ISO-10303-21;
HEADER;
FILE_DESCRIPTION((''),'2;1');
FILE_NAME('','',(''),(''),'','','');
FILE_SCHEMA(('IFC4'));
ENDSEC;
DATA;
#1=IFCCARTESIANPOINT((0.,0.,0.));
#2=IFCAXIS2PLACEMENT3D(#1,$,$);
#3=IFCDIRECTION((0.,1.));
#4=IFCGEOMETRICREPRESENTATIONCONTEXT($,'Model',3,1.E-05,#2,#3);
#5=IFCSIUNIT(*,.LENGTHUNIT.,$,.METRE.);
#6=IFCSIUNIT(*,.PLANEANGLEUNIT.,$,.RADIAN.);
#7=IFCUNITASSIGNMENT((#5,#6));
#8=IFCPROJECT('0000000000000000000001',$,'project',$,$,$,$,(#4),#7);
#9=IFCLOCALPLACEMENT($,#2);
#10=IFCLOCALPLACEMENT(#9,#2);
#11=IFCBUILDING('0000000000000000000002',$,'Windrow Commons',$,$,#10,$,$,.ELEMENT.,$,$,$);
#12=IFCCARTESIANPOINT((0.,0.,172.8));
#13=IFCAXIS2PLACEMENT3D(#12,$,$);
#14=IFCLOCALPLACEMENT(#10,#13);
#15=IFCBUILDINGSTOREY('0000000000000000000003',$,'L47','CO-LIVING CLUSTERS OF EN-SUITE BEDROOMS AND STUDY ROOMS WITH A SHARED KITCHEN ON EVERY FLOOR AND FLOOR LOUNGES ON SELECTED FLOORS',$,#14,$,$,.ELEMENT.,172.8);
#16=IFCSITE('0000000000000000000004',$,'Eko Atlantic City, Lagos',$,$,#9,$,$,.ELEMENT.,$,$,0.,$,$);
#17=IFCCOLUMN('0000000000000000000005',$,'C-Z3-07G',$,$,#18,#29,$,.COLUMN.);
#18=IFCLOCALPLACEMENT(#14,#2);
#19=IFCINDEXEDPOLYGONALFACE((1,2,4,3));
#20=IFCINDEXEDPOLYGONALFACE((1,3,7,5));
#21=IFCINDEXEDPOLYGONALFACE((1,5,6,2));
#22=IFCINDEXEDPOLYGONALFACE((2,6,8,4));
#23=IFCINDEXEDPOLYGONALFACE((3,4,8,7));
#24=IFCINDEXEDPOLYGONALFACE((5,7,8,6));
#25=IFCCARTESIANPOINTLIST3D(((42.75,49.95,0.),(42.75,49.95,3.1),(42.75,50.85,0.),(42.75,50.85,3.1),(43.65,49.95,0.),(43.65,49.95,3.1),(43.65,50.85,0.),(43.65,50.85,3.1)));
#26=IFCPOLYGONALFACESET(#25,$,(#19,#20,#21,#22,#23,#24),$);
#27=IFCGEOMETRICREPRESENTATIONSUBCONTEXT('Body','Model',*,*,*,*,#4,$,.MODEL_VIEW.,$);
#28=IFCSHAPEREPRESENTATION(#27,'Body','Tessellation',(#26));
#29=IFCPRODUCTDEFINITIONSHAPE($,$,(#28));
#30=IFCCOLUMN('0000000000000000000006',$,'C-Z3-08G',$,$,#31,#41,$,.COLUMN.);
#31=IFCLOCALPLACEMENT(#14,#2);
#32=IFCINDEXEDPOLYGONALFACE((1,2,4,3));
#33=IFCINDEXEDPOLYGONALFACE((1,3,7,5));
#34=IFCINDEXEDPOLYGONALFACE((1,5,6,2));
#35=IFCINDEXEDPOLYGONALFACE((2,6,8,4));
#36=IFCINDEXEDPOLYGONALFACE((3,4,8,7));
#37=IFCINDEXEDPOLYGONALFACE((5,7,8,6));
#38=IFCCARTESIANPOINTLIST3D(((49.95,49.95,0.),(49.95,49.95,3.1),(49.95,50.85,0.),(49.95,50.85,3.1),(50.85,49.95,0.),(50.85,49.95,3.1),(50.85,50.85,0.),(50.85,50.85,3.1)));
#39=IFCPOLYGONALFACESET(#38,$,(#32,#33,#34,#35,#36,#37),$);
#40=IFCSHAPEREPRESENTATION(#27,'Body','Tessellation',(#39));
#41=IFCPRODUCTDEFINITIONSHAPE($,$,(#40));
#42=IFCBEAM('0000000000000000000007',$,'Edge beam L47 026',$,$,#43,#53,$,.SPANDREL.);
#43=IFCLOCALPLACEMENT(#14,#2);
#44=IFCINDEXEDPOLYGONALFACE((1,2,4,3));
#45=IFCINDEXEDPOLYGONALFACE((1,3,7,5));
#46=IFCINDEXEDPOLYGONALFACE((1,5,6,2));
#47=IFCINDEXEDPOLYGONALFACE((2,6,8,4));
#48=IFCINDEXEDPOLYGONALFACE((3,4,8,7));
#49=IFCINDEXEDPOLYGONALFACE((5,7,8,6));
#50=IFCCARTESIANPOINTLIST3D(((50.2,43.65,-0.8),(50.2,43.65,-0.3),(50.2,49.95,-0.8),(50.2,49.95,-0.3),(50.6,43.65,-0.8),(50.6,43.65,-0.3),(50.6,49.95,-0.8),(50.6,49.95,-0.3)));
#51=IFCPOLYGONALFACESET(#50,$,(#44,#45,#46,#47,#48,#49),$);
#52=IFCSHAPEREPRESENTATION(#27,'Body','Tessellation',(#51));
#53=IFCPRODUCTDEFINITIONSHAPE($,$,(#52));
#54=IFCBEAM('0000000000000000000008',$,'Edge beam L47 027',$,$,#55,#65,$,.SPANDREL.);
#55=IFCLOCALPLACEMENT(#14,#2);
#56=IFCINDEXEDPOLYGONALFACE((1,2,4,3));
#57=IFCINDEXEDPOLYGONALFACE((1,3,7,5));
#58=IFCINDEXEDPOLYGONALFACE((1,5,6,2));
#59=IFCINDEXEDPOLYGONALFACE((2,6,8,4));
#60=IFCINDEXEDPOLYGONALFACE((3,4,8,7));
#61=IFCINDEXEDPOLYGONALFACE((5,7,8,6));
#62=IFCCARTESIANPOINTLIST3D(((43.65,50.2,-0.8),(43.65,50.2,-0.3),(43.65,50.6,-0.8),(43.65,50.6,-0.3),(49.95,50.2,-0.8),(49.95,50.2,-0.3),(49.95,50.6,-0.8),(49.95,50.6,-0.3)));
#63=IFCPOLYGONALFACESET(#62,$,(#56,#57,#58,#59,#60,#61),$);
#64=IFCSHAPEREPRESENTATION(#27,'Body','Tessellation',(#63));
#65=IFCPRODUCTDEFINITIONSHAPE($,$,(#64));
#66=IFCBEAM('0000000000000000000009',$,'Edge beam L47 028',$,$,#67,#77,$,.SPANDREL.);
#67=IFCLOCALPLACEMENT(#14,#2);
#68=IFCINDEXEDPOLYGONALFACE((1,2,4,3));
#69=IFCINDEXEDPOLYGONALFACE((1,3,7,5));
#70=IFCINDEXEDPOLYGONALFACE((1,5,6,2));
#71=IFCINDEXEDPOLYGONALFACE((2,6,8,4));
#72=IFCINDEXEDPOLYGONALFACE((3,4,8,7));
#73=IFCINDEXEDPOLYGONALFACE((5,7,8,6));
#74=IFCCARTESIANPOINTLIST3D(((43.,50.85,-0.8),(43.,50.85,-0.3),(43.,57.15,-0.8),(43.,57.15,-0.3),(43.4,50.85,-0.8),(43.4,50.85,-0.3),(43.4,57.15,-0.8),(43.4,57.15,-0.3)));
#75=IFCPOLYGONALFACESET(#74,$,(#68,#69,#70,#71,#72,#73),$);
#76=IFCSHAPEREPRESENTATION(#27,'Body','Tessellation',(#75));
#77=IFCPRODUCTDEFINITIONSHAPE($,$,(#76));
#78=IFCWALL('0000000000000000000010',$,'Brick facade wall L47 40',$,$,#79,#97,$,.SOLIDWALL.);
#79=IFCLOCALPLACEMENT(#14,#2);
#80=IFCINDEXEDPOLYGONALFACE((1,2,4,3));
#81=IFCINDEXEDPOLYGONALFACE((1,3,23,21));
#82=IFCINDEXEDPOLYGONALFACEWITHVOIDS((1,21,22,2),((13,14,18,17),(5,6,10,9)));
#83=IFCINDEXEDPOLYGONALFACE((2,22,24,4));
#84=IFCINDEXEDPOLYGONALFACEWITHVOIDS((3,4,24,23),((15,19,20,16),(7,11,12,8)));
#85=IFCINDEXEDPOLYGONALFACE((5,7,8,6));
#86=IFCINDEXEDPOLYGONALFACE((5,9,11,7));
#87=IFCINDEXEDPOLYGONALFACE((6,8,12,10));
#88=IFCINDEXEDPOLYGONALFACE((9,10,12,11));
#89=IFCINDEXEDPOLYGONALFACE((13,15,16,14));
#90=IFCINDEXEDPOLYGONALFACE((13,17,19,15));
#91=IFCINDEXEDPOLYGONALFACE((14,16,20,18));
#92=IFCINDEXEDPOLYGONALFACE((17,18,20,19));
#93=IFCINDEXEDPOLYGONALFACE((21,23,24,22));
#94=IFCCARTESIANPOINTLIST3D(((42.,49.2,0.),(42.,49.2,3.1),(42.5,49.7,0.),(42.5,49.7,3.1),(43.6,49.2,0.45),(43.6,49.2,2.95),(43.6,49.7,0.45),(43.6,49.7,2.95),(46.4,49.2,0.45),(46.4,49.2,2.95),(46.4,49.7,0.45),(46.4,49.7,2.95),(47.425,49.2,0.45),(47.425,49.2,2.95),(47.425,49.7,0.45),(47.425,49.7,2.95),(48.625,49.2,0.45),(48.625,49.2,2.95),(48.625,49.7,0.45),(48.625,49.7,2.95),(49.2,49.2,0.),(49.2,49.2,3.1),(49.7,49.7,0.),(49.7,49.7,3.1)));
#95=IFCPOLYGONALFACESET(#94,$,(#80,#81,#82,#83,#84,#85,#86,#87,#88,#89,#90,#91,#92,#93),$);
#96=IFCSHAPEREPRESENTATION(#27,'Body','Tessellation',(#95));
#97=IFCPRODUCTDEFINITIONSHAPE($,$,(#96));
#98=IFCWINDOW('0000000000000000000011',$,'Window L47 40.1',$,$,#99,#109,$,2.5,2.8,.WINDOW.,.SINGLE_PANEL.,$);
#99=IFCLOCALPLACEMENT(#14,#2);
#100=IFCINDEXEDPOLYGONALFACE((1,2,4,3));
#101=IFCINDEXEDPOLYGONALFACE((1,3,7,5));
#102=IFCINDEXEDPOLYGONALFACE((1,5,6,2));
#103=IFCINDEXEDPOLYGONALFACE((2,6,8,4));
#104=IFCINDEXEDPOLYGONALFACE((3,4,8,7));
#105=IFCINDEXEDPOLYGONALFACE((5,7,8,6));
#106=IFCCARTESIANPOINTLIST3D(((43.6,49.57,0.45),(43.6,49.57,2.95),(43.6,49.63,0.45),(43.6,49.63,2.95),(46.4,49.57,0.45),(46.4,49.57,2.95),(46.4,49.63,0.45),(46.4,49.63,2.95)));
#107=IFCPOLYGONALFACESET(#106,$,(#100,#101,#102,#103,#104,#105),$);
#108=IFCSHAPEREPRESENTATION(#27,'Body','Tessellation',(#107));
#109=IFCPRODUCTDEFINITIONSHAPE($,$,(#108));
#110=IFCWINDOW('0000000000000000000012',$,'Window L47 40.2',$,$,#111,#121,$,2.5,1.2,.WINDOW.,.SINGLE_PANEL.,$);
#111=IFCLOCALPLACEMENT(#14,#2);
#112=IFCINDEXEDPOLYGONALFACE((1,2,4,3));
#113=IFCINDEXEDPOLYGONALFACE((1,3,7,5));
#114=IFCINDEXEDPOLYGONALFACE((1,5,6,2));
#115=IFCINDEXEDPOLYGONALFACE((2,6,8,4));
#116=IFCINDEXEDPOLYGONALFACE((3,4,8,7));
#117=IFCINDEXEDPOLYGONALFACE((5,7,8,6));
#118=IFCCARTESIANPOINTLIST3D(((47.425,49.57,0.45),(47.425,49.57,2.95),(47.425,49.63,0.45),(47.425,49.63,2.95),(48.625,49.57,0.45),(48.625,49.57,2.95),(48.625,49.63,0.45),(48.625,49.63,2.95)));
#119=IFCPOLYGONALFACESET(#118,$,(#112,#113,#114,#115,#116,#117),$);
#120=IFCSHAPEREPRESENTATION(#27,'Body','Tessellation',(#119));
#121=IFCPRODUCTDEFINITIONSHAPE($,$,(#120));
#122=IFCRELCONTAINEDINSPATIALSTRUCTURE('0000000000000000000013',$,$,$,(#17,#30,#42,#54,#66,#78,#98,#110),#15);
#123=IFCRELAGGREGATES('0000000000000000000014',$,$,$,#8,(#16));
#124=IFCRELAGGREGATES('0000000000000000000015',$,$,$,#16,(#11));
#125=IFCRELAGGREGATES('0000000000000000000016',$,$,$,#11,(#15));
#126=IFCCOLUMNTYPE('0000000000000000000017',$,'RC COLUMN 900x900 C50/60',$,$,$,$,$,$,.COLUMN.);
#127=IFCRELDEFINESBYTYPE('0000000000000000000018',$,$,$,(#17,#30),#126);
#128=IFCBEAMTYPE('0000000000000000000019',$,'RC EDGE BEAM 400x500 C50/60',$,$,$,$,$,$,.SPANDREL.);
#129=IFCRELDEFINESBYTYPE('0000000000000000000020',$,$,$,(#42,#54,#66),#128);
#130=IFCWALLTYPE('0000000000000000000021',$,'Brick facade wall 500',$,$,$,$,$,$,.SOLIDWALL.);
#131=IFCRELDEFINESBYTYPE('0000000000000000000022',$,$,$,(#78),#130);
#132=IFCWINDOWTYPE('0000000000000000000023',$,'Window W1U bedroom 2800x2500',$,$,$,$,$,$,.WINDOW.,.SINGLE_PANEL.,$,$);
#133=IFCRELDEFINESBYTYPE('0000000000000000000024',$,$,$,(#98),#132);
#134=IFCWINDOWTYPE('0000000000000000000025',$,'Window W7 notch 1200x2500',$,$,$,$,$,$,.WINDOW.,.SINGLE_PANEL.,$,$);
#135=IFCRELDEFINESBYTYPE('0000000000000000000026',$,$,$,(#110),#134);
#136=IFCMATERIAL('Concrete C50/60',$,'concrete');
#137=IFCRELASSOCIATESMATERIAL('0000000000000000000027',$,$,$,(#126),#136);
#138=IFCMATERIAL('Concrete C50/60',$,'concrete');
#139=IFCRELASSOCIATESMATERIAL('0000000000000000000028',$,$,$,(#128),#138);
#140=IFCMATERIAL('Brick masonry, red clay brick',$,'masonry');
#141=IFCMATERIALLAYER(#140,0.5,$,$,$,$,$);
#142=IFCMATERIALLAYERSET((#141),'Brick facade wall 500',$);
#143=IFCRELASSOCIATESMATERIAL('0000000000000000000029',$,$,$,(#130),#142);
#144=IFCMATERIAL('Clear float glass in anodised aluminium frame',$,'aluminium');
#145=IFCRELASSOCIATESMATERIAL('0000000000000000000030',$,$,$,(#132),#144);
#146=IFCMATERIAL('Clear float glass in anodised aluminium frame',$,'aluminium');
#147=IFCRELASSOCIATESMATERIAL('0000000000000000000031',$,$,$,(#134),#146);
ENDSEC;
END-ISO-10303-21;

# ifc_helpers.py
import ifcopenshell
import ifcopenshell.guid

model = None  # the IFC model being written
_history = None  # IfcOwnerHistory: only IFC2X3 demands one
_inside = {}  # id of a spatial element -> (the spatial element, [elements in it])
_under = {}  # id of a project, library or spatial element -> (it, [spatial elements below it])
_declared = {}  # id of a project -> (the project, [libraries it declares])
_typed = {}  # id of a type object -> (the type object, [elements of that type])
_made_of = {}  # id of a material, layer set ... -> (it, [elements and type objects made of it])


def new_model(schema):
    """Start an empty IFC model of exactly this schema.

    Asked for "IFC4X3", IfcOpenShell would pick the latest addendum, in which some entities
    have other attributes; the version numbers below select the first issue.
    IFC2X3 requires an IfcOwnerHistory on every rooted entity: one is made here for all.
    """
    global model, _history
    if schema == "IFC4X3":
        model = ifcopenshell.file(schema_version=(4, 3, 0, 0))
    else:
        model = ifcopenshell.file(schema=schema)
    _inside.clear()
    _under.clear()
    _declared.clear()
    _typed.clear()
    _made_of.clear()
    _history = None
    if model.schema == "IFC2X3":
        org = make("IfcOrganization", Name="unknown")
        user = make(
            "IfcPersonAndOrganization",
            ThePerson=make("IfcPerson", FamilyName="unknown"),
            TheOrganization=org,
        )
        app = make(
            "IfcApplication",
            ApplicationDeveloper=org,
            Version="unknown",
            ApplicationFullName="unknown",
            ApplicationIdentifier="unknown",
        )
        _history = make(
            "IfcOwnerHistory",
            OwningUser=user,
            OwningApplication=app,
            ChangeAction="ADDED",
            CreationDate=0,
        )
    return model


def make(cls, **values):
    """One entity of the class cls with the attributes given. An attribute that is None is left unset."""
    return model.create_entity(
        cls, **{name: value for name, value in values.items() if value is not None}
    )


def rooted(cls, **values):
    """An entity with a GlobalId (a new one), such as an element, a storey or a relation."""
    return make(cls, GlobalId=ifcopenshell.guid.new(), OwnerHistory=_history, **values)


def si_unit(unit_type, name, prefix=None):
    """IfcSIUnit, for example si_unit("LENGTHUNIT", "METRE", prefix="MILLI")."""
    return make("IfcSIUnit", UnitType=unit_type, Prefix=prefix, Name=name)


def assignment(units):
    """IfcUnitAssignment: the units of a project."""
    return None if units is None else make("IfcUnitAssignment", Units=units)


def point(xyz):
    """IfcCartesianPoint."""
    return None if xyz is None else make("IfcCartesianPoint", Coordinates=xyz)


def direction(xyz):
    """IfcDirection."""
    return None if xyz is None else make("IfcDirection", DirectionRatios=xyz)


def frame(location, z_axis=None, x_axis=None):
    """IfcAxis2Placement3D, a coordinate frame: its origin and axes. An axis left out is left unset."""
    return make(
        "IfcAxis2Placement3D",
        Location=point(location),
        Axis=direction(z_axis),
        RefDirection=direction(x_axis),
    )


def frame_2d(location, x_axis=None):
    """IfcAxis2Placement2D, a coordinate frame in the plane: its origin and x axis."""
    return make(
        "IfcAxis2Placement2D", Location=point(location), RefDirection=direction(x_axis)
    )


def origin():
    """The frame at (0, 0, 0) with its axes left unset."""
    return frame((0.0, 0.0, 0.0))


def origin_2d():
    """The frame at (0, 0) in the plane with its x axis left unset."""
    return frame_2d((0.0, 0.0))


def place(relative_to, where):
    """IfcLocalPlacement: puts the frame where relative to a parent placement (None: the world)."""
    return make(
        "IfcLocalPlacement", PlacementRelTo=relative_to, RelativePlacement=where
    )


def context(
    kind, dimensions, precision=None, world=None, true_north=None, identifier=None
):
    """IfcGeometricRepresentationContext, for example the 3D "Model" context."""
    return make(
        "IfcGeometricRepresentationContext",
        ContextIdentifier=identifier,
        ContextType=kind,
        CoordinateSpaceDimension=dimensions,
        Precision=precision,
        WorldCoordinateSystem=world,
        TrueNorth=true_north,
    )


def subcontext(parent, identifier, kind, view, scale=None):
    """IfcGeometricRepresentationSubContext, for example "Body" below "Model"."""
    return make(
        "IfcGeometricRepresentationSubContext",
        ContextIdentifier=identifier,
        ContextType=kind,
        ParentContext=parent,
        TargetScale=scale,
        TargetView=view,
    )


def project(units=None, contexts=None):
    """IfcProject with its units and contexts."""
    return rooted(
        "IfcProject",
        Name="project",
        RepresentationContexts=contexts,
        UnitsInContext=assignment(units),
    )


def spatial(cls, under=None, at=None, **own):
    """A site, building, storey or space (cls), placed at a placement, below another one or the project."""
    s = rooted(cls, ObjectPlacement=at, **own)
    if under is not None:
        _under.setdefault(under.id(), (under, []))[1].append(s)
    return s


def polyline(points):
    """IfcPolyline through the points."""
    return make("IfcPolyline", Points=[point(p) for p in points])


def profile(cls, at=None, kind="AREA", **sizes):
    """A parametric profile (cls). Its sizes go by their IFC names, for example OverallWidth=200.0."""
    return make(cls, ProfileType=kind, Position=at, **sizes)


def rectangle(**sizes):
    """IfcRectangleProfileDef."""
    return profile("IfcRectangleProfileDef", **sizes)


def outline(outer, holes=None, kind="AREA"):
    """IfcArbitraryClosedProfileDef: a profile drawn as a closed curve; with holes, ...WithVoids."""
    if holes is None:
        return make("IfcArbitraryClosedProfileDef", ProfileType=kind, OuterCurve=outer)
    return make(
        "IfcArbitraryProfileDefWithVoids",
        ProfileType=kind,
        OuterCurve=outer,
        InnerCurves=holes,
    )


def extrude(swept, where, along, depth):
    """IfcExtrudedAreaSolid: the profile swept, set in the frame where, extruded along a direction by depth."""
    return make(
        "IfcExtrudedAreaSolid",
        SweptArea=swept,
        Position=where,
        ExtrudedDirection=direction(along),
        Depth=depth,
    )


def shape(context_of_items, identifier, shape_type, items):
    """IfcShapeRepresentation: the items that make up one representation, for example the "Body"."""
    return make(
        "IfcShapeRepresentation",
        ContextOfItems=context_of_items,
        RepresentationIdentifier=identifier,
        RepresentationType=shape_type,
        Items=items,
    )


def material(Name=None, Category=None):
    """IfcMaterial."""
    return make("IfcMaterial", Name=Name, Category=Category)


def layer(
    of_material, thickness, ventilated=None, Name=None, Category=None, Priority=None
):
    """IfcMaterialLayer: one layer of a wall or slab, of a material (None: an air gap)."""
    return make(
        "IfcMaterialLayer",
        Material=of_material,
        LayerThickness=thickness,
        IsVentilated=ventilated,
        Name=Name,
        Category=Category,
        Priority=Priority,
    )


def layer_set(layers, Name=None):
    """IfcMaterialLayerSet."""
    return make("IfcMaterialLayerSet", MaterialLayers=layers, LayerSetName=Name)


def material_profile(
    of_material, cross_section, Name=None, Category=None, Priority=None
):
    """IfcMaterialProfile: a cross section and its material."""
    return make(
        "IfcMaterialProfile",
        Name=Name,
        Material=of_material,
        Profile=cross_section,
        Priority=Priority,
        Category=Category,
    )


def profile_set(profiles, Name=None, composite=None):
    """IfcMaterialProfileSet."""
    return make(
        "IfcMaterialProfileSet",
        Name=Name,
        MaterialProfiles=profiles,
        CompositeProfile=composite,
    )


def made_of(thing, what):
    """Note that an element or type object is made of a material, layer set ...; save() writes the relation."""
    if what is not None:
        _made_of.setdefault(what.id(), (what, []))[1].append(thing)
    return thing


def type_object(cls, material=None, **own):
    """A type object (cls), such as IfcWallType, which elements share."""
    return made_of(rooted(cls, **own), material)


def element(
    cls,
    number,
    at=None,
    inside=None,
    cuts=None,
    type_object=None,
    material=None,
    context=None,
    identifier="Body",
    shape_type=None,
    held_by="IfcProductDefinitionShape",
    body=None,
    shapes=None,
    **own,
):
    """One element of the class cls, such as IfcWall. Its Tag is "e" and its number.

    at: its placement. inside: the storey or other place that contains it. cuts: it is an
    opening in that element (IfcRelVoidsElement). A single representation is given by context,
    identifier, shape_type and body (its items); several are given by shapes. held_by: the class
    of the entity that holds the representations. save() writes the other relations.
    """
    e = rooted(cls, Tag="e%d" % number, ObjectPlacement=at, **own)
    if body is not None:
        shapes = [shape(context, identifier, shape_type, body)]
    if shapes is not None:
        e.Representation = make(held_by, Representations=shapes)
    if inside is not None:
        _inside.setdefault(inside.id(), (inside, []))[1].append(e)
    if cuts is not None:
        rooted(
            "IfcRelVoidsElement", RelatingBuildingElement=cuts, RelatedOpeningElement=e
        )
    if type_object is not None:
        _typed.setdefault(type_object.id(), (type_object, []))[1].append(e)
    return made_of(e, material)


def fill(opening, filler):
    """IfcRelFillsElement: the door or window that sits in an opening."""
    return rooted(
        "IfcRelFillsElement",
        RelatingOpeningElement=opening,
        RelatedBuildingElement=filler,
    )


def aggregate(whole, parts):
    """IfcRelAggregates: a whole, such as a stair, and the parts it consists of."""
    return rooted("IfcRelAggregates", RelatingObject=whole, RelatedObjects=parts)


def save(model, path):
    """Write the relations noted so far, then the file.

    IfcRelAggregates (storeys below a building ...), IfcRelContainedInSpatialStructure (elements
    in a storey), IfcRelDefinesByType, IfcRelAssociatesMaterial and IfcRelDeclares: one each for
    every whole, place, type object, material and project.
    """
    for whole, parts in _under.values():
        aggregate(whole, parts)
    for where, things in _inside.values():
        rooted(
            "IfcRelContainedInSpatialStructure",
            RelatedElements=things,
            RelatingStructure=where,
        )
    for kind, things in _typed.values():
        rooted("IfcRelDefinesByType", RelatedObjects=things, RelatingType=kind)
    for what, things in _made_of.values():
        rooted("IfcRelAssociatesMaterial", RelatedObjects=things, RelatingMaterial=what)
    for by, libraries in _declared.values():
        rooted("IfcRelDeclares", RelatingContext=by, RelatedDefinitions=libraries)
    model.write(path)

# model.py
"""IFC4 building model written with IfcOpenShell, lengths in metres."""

from ifc_helpers import new_model, si_unit, direction, frame, frame_2d, origin, origin_2d, place, context, subcontext, project, spatial, polyline, rectangle, outline, extrude, material, layer, layer_set, material_profile, profile_set, type_object, element, fill, save


model = new_model("IFC4")

# Units and contexts
model_context = context("Model", 3, precision=1e-05, world=origin(), true_north=direction((0.0, 1.0)))
body_context = subcontext(model_context, "Body", "Model", "MODEL_VIEW")
ifc_project = project(units=[si_unit("LENGTHUNIT", "METRE"), si_unit("PLANEANGLEUNIT", "RADIAN")], contexts=[model_context])

# Site, building, storey
site_placement = place(None, origin())
site = spatial("IfcSite", under=ifc_project, at=site_placement, Name="Eko Atlantic City, Lagos", CompositionType="ELEMENT", RefElevation=0.0)
building_placement = place(site_placement, origin())
building = spatial("IfcBuilding", under=site, at=building_placement, Name="Windrow Commons", CompositionType="ELEMENT")
storey_placement = place(building_placement, frame((0.0, 0.0, 172.8)))
storey = spatial("IfcBuildingStorey", under=building, at=storey_placement, Name="L47", Description="CO-LIVING CLUSTERS OF EN-SUITE BEDROOMS AND STUDY ROOMS WITH A SHARED KITCHEN ON EVERY FLOOR AND FLOOR LOUNGES ON SELECTED FLOORS", CompositionType="ELEMENT", Elevation=172.8)

# Columns
ifc_material_1 = material(Name="Concrete C50/60", Category="concrete")
ifc_material_profile_1 = material_profile(ifc_material_1, rectangle(XDim=0.9, YDim=0.9, at=origin_2d()))
ifc_profile_set_1 = profile_set([ifc_material_profile_1], Name="Concrete C50/60")
column_type = type_object("IfcColumnType", Name="RC COLUMN 900x900 C50/60", PredefinedType="COLUMN", material=ifc_profile_set_1)
for number, where, z_axis, x_axis, name in (
    (1, (43.2, 50.4, 0.0), (0.0, 0.0, 1.0), (1.0, 0.0, 0.0), "C-Z3-07G"),
    (2, (50.4, 50.4, 0.0), (0.0, 0.0, 1.0), (1.0, 0.0, 0.0), "C-Z3-08G"),
):
    element("IfcColumn", number, at=place(storey_placement, frame(where, z_axis=z_axis, x_axis=x_axis)), inside=storey, type_object=column_type, Name=name, PredefinedType="COLUMN", context=body_context, shape_type="SweptSolid", body=[
        extrude(rectangle(XDim=0.9, YDim=0.9, at=origin_2d()), origin(), (0.0, 0.0, 1.0), 3.1),
    ])

# Beams
ifc_material_2 = material(Name="Concrete C50/60", Category="concrete")
ifc_material_profile_2 = material_profile(ifc_material_2, rectangle(XDim=0.4, YDim=0.5, at=origin_2d()))
ifc_profile_set_2 = profile_set([ifc_material_profile_2], Name="Concrete C50/60")
beam_type = type_object("IfcBeamType", Name="RC EDGE BEAM 400x500 C50/60", PredefinedType="SPANDREL", material=ifc_profile_set_2)
for number, where, z_axis, x_axis, name in (
    (3, (50.4, 43.65, -0.55), (0.0, 1.0, 0.0), (-1.0, 0.0, 0.0), "Edge beam L47 026"),
    (4, (49.95, 50.4, -0.55), (-1.0, 0.0, 0.0), (0.0, -1.0, 0.0), "Edge beam L47 027"),
    (5, (43.2, 50.85, -0.55), (0.0, 1.0, 0.0), (-1.0, 0.0, 0.0), "Edge beam L47 028"),
):
    element("IfcBeam", number, at=place(storey_placement, frame(where, z_axis=z_axis, x_axis=x_axis)), inside=storey, type_object=beam_type, Name=name, PredefinedType="SPANDREL", context=body_context, shape_type="SweptSolid", body=[
        extrude(rectangle(XDim=0.4, YDim=0.5, at=origin_2d()), origin(), (0.0, 0.0, 1.0), 6.3),
    ])

# Wall, openings, windows
ifc_material_3 = material(Name="Brick masonry, red clay brick", Category="masonry")
ifc_layer_1 = layer(ifc_material_3, 0.5)
ifc_layer_set_1 = layer_set([ifc_layer_1], Name="Brick facade wall 500")
wall_type_1 = type_object("IfcWallType", Name="Brick facade wall 500", PredefinedType="SOLIDWALL", material=ifc_layer_set_1)
wall_1_placement = place(storey_placement, frame((42.25, 49.45, 0.0), z_axis=(0.0, 0.0, 1.0), x_axis=(1.0, 0.0, 0.0)))
wall_1 = element("IfcWall", 6, at=wall_1_placement, inside=storey, type_object=wall_type_1, Name="Brick facade wall L47 40", PredefinedType="SOLIDWALL", context=body_context, shape_type="SweptSolid", body=[
    extrude(outline(polyline([(-0.25, -0.25), (6.95, -0.25), (7.45, 0.25), (0.25, 0.25), (-0.25, -0.25)])), origin(), (0.0, 0.0, 1.0), 3.1),
])
opening_1_placement = place(wall_1_placement, frame((1.35, 0.0, 0.45)))
opening_1 = element("IfcOpeningElement", 7, at=opening_1_placement, cuts=wall_1, PredefinedType="OPENING", context=body_context, shape_type="SweptSolid", body=[
    extrude(rectangle(XDim=2.8, YDim=2.5, at=frame_2d((1.4, 1.25))), frame((0.0, 0.26, 0.0), z_axis=(0.0, -1.0, 0.0), x_axis=(1.0, 0.0, 0.0)), (0.0, 0.0, 1.0), 0.52),
])
opening_2_placement = place(wall_1_placement, frame((5.175, 0.0, 0.45)))
opening_2 = element("IfcOpeningElement", 8, at=opening_2_placement, cuts=wall_1, PredefinedType="OPENING", context=body_context, shape_type="SweptSolid", body=[
    extrude(rectangle(XDim=1.2, YDim=2.5, at=frame_2d((0.6, 1.25))), frame((0.0, 0.26, 0.0), z_axis=(0.0, -1.0, 0.0), x_axis=(1.0, 0.0, 0.0)), (0.0, 0.0, 1.0), 0.52),
])
ifc_material_4 = material(Name="Clear float glass in anodised aluminium frame", Category="aluminium")
window_type_1 = type_object("IfcWindowType", Name="Window W1U bedroom 2800x2500", PartitioningType="SINGLE_PANEL", PredefinedType="WINDOW", material=ifc_material_4)
window_1_placement = place(opening_1_placement, origin())
window_1 = element("IfcWindow", 9, at=window_1_placement, inside=storey, type_object=window_type_1, Name="Window L47 40.1", OverallHeight=2.5, OverallWidth=2.8, PartitioningType="SINGLE_PANEL", PredefinedType="WINDOW", context=body_context, shape_type="SweptSolid", body=[
    extrude(rectangle(XDim=2.8, YDim=2.5, at=frame_2d((1.4, 1.25))), frame((0.0, 0.18, 0.0), z_axis=(0.0, -1.0, 0.0), x_axis=(1.0, 0.0, 0.0)), (0.0, 0.0, 1.0), 0.06),
])
fill(opening_1, window_1)
ifc_material_5 = material(Name="Clear float glass in anodised aluminium frame", Category="aluminium")
window_type_2 = type_object("IfcWindowType", Name="Window W7 notch 1200x2500", PartitioningType="SINGLE_PANEL", PredefinedType="WINDOW", material=ifc_material_5)
window_2_placement = place(opening_2_placement, origin())
window_2 = element("IfcWindow", 10, at=window_2_placement, inside=storey, type_object=window_type_2, Name="Window L47 40.2", OverallHeight=2.5, OverallWidth=1.2, PartitioningType="SINGLE_PANEL", PredefinedType="WINDOW", context=body_context, shape_type="SweptSolid", body=[
    extrude(rectangle(XDim=1.2, YDim=2.5, at=frame_2d((0.6, 1.25))), frame((0.0, 0.18, 0.0), z_axis=(0.0, -1.0, 0.0), x_axis=(1.0, 0.0, 0.0)), (0.0, 0.0, 1.0), 0.06),
])
fill(opening_2, window_2)

save(model, "model.ifc")
